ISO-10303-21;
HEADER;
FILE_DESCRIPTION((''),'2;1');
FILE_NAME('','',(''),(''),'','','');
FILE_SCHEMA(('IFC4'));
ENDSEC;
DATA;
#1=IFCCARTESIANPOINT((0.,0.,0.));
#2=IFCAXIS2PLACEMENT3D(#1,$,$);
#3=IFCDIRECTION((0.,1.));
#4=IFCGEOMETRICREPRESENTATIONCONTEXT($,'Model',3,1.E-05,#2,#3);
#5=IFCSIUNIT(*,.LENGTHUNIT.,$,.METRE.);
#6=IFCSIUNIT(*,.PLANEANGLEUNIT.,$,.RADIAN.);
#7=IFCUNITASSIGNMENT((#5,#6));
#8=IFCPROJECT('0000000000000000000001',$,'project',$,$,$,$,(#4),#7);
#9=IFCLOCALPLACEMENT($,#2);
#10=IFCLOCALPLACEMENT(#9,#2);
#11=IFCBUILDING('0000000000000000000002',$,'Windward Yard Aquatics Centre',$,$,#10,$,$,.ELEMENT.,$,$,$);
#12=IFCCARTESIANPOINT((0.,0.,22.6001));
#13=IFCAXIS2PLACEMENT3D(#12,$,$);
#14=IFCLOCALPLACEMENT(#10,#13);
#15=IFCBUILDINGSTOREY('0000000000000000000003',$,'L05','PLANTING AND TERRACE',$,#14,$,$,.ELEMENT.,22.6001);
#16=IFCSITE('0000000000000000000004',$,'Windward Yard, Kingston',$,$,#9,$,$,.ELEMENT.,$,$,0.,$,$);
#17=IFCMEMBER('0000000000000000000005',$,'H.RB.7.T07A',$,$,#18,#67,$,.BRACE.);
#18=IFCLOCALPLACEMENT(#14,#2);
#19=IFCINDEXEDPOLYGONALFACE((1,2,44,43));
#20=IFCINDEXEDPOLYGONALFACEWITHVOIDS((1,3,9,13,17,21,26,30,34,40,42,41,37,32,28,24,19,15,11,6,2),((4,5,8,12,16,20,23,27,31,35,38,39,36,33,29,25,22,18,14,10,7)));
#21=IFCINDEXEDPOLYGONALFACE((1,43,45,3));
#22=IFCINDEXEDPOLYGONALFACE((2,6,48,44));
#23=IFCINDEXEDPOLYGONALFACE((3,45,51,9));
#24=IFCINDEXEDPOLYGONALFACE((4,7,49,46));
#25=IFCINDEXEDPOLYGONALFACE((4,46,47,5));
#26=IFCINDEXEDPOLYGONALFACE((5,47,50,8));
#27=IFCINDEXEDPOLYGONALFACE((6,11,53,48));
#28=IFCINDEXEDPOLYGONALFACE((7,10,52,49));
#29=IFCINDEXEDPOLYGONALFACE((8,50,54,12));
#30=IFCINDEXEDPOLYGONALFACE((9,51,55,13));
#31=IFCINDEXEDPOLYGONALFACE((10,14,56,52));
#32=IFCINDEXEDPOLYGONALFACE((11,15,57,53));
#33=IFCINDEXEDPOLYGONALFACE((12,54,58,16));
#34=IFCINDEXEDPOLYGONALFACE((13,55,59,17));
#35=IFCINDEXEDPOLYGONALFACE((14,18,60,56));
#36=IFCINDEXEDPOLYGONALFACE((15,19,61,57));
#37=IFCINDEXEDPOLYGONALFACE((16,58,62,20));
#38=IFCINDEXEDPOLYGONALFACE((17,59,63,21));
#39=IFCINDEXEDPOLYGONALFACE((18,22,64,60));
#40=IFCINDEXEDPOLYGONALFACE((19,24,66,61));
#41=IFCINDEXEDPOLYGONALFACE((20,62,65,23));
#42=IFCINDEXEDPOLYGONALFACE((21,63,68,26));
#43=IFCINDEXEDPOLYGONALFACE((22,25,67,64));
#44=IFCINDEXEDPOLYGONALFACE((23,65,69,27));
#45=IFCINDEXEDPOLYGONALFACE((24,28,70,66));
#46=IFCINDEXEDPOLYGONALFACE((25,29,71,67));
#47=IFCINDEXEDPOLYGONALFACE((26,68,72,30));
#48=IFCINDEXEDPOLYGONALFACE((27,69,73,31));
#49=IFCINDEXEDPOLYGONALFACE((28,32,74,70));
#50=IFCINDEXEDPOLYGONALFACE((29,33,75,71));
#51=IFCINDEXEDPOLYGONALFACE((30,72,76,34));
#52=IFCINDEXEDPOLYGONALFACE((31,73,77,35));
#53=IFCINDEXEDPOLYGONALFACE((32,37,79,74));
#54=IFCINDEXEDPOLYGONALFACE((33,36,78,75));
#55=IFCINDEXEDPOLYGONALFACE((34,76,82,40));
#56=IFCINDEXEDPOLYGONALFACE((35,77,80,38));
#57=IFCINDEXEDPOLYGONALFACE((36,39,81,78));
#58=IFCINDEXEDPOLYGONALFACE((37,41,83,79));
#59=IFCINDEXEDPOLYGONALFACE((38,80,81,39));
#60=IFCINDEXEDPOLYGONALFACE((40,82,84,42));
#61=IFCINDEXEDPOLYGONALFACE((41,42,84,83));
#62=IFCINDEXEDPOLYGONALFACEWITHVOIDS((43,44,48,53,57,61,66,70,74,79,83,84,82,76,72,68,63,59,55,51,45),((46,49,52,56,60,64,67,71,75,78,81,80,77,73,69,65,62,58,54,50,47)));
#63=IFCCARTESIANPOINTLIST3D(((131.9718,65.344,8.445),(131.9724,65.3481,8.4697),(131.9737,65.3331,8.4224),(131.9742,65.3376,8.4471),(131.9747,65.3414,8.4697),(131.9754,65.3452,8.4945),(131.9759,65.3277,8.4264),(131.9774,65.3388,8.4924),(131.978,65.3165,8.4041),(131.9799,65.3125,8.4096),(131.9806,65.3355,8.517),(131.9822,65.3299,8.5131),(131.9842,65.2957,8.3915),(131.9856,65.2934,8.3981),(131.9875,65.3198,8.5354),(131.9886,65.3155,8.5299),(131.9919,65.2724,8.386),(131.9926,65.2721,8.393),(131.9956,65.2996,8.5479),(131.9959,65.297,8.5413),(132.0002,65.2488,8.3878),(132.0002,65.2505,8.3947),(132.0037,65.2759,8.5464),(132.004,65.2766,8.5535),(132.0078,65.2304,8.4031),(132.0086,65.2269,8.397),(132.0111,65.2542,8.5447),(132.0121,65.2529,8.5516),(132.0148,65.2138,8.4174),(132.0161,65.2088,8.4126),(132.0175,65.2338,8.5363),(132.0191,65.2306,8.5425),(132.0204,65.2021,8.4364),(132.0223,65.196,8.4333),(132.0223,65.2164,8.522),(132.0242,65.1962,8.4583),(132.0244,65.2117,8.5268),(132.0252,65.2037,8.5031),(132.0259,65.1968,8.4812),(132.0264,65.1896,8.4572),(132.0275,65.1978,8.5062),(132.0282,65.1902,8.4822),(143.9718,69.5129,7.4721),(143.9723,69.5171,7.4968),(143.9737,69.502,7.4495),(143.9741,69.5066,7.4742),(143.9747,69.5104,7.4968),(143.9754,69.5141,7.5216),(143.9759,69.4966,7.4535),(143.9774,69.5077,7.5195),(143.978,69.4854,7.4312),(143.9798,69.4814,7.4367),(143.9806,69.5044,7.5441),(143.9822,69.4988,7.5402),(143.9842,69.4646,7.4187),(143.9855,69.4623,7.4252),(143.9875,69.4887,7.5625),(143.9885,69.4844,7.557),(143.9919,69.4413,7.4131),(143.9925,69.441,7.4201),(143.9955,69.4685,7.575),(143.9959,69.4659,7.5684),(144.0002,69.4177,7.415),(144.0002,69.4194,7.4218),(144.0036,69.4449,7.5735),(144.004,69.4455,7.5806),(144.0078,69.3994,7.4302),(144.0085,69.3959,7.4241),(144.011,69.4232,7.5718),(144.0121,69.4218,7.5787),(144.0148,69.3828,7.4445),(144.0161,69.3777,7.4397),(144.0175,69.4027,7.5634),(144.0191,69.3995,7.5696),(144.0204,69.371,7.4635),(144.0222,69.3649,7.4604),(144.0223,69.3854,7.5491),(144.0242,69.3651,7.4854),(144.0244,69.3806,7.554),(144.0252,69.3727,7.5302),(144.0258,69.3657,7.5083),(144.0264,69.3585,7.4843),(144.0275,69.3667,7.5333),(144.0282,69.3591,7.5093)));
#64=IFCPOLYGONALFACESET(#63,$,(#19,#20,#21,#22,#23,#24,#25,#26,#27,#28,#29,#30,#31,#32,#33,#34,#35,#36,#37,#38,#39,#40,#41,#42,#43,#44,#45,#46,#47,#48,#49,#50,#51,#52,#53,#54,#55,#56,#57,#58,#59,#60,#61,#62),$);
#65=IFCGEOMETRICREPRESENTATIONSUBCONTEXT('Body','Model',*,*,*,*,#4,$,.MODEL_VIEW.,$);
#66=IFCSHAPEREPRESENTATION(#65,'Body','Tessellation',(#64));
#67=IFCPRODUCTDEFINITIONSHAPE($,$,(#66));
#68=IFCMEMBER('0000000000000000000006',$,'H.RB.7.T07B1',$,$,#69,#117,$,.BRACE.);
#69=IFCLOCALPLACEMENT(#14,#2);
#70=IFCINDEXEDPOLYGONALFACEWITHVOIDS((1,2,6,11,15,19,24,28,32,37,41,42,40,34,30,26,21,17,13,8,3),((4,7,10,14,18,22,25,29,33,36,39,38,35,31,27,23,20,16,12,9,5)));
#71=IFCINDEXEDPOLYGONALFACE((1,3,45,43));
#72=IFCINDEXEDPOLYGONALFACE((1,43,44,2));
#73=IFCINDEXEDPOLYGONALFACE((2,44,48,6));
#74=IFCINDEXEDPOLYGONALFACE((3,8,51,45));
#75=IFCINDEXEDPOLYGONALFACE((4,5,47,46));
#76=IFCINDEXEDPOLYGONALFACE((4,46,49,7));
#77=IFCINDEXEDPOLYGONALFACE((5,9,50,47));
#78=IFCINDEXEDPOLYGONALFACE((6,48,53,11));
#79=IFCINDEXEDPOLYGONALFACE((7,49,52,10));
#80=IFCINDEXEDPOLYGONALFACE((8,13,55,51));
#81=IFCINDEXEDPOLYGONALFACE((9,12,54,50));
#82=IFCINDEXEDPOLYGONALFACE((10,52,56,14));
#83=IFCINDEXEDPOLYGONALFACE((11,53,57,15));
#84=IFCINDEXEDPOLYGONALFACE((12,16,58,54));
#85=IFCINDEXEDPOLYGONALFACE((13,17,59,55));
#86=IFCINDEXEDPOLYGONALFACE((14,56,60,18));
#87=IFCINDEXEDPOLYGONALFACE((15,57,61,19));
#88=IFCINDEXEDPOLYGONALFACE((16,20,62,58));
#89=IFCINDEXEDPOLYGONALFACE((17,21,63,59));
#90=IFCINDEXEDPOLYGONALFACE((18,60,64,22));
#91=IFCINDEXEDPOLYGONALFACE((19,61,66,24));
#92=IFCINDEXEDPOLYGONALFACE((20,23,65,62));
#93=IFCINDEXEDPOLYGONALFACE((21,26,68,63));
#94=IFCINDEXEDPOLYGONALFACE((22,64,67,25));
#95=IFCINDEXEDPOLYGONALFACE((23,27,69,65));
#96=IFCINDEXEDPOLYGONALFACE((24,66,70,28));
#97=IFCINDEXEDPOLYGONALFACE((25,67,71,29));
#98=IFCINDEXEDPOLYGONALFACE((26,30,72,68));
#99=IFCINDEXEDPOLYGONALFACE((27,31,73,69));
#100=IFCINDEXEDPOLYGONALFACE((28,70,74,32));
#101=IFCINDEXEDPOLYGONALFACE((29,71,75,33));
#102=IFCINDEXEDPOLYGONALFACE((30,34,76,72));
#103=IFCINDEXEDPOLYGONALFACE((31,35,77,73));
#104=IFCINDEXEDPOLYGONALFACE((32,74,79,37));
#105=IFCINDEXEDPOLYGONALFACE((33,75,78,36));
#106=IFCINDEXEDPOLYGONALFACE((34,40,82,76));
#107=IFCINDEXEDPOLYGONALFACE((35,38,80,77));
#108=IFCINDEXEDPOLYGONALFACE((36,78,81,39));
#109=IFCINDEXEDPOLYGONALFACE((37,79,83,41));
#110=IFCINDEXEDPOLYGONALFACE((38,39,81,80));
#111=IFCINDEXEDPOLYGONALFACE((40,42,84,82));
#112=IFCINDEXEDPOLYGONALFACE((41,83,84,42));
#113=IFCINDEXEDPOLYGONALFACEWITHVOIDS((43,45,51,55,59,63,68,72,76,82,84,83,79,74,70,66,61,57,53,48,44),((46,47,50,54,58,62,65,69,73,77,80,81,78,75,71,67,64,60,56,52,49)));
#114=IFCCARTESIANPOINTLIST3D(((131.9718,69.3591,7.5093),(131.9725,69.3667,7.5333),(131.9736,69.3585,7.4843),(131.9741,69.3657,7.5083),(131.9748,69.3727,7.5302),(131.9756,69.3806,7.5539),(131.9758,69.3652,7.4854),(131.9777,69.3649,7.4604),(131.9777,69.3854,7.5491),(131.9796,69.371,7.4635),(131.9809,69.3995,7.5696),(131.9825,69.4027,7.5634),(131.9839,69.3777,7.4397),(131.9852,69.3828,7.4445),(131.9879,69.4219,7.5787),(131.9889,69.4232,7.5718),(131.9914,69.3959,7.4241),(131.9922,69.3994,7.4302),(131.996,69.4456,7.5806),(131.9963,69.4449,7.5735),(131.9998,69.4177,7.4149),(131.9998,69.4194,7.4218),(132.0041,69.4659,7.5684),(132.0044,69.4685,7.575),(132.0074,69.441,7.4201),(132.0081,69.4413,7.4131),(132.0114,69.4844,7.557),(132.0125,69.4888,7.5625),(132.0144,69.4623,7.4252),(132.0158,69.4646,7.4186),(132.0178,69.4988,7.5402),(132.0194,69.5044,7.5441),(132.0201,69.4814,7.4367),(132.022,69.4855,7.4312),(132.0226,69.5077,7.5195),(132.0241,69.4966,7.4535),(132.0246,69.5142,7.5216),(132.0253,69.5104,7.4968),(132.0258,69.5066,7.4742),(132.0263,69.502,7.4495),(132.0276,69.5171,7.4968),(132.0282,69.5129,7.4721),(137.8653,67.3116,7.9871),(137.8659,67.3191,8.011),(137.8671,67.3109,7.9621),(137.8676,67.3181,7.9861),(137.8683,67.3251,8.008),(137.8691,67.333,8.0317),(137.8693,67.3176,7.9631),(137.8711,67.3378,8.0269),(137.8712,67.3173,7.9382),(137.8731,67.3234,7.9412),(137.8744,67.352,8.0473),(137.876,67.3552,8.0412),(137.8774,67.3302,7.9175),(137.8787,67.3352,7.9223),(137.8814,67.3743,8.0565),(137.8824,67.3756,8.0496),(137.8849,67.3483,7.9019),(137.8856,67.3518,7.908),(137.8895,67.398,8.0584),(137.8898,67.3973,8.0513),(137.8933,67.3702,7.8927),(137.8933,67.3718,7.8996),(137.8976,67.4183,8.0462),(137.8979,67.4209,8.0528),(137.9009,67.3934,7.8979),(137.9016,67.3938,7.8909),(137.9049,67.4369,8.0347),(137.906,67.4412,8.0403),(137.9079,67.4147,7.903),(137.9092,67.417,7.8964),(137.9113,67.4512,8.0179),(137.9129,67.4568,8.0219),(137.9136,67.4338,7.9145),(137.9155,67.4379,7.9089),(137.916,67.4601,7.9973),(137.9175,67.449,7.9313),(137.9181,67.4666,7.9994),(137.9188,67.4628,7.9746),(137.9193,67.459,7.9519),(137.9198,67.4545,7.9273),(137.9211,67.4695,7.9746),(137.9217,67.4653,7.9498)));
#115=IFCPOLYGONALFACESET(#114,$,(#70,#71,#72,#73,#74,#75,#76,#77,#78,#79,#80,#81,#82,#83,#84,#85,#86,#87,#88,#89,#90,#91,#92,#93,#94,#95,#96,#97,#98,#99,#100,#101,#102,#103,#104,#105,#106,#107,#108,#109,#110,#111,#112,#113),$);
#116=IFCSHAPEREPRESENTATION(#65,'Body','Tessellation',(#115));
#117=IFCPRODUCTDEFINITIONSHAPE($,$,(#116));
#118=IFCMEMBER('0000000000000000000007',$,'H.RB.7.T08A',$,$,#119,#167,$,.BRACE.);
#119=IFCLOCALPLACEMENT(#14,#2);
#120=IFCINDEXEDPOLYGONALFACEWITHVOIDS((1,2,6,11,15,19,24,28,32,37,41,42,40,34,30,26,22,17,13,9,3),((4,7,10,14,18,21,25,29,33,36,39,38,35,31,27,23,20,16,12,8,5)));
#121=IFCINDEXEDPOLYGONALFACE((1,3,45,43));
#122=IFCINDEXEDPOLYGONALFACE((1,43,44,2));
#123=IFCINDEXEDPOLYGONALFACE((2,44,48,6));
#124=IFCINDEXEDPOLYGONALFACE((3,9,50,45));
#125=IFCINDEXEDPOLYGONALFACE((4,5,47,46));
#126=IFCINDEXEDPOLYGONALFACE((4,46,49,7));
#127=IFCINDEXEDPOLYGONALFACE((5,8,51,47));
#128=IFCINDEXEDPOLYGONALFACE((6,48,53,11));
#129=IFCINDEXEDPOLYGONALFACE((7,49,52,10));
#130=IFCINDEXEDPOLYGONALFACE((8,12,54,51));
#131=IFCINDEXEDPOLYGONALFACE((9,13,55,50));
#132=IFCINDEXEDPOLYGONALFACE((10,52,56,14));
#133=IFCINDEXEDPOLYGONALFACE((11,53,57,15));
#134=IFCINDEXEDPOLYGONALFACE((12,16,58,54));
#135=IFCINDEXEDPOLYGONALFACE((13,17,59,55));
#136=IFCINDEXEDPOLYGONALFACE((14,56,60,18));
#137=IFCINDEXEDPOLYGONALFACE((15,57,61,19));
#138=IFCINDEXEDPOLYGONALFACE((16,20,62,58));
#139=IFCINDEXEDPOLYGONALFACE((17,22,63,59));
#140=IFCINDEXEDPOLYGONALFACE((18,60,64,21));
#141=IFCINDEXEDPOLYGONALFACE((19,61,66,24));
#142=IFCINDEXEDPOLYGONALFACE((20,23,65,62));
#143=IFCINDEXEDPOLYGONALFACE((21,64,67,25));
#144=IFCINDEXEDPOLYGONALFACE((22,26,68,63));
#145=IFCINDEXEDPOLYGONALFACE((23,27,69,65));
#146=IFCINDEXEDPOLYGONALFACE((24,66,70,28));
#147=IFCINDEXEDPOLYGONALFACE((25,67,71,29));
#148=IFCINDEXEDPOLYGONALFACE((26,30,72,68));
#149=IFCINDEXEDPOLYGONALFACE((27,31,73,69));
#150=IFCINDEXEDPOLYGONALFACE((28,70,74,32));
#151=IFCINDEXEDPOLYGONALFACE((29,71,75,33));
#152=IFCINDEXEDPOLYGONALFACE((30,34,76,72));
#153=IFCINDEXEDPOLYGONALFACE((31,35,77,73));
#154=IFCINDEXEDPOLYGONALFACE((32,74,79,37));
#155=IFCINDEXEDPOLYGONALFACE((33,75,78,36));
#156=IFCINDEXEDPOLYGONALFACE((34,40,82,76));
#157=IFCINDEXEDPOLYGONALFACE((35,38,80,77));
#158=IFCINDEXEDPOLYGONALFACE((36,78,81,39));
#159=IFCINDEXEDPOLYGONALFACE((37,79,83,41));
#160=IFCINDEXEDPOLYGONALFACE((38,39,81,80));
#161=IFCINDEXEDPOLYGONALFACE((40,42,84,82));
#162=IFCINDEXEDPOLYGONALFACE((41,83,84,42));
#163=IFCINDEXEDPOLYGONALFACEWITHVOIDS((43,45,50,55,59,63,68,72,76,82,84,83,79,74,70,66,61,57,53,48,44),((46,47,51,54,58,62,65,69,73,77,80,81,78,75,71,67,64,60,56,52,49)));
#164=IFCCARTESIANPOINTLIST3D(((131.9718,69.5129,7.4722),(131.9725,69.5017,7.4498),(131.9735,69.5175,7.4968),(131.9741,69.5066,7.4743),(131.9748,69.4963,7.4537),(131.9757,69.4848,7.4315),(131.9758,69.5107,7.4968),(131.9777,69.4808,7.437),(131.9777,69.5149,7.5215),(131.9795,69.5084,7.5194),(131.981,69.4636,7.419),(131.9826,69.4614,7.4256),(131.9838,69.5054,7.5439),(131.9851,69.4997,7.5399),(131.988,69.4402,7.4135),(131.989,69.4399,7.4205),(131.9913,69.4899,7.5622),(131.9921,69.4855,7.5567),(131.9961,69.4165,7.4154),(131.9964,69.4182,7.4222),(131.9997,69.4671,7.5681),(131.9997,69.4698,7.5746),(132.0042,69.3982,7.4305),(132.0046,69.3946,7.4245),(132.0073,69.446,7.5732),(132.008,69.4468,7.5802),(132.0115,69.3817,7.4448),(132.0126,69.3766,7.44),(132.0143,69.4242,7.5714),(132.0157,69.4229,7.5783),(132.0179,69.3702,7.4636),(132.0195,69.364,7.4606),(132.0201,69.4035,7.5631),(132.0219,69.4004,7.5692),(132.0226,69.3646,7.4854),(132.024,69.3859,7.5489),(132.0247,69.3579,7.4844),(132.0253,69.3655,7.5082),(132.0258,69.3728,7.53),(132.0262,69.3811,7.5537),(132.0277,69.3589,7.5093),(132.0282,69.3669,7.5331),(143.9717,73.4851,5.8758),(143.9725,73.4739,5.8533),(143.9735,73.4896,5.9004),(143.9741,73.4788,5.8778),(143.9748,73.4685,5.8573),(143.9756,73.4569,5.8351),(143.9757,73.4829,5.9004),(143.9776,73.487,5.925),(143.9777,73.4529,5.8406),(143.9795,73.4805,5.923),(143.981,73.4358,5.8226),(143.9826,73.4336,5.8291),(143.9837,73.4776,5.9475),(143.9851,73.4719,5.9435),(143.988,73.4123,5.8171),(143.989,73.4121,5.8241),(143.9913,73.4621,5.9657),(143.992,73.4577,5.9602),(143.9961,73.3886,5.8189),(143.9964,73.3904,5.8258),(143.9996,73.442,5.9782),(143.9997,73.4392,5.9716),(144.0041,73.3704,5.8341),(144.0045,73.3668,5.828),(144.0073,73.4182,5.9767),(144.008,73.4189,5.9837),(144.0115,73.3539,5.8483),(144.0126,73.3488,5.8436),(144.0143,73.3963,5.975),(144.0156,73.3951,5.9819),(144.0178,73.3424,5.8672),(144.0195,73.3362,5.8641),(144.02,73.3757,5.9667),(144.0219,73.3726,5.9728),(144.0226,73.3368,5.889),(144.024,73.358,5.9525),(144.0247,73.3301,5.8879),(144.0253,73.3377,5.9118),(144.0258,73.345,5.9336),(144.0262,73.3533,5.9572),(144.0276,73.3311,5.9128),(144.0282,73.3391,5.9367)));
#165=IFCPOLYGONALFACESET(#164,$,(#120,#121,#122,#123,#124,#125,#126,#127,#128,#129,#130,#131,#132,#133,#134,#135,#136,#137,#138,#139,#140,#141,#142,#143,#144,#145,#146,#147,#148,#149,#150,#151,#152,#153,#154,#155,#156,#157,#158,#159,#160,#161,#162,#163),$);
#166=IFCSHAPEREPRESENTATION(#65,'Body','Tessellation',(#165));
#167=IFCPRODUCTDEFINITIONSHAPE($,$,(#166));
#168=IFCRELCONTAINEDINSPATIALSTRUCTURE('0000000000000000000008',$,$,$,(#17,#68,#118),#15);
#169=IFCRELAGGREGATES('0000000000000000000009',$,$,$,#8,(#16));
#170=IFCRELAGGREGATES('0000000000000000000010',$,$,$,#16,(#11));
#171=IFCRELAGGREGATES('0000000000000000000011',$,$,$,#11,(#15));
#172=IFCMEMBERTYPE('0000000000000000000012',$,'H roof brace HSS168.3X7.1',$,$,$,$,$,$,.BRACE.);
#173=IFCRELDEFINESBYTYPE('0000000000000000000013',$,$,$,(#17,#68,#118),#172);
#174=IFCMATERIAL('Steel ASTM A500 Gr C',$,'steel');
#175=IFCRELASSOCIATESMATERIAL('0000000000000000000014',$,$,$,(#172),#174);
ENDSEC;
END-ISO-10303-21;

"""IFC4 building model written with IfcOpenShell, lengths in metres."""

from ifc_helpers import new_model, si_unit, direction, frame, origin, origin_2d, place, context, subcontext, project, spatial, hollow_circle, extrude, material, material_profile, profile_set, type_object, element, save


model = new_model("IFC4")

# Units and contexts
model_context = context("Model", 3, precision=1e-05, world=origin(), true_north=direction((0.0, 1.0)))
body_context = subcontext(model_context, "Body", "Model", "MODEL_VIEW")
ifc_project = project(units=[si_unit("LENGTHUNIT", "METRE"), si_unit("PLANEANGLEUNIT", "RADIAN")], contexts=[model_context])

# Site, building, storey
site_placement = place(None, origin())
site = spatial("IfcSite", under=ifc_project, at=site_placement, Name="Windward Yard, Kingston", CompositionType="ELEMENT", RefElevation=0.0)
building_placement = place(site_placement, origin())
building = spatial("IfcBuilding", under=site, at=building_placement, Name="Windward Yard Aquatics Centre", CompositionType="ELEMENT")
storey_placement = place(building_placement, frame((0.0, 0.0, 22.6001)))
storey = spatial("IfcBuildingStorey", under=building, at=storey_placement, Name="L05", Description="PLANTING AND TERRACE", CompositionType="ELEMENT", Elevation=22.6001)

# Members
ifc_material_1 = material(Name="Steel ASTM A500 Gr C", Category="steel")
ifc_material_profile_1 = material_profile(ifc_material_1, hollow_circle(Radius=0.0842, WallThickness=0.0071, at=origin_2d()), Name="HSS168.3X7.1")
ifc_profile_set_1 = profile_set([ifc_material_profile_1], Name="Steel ASTM A500 Gr C")
member_type_1 = type_object("IfcMemberType", Name="H roof brace HSS168.3X7.1", PredefinedType="BRACE", material=ifc_profile_set_1)
member_1_placement = place(storey_placement, frame((132.0, 65.2686, 8.4697), z_axis=(0.94186, 0.327214, -0.076361), x_axis=(-0.328172, 0.944618, 0.0)))
element("IfcMember", 1, at=member_1_placement, inside=storey, type_object=member_type_1, Name="H.RB.7.T07A", PredefinedType="BRACE", context=body_context, shape_type="SweptSolid", body=[
    extrude(hollow_circle(Radius=0.0842, WallThickness=0.0071, at=origin_2d()), origin(), (0.0, 0.0, 1.0), 12.7407),
])
member_2_placement = place(storey_placement, frame((132.0, 69.4375, 7.4968), z_axis=(0.941855, -0.32723, 0.076355), x_axis=(0.328188, 0.944612, 0.0)))
element("IfcMember", 2, at=member_2_placement, inside=storey, type_object=member_type_1, Name="H.RB.7.T07B1", PredefinedType="BRACE", context=body_context, shape_type="SweptSolid", body=[
    extrude(hollow_circle(Radius=0.0842, WallThickness=0.0071, at=origin_2d()), origin(), (0.0, 0.0, 1.0), 6.2573),
])
member_3_placement = place(storey_placement, frame((132.0, 69.4375, 7.4968), z_axis=(0.94186, 0.311769, -0.125302), x_axis=(-0.314245, 0.949342, 0.0)))
element("IfcMember", 3, at=member_3_placement, inside=storey, type_object=member_type_1, Name="H.RB.7.T08A", PredefinedType="BRACE", context=body_context, shape_type="SweptSolid", body=[
    extrude(hollow_circle(Radius=0.0842, WallThickness=0.0071, at=origin_2d()), origin(), (0.0, 0.0, 1.0), 12.7407),
])

save(model, "model.ifc")
